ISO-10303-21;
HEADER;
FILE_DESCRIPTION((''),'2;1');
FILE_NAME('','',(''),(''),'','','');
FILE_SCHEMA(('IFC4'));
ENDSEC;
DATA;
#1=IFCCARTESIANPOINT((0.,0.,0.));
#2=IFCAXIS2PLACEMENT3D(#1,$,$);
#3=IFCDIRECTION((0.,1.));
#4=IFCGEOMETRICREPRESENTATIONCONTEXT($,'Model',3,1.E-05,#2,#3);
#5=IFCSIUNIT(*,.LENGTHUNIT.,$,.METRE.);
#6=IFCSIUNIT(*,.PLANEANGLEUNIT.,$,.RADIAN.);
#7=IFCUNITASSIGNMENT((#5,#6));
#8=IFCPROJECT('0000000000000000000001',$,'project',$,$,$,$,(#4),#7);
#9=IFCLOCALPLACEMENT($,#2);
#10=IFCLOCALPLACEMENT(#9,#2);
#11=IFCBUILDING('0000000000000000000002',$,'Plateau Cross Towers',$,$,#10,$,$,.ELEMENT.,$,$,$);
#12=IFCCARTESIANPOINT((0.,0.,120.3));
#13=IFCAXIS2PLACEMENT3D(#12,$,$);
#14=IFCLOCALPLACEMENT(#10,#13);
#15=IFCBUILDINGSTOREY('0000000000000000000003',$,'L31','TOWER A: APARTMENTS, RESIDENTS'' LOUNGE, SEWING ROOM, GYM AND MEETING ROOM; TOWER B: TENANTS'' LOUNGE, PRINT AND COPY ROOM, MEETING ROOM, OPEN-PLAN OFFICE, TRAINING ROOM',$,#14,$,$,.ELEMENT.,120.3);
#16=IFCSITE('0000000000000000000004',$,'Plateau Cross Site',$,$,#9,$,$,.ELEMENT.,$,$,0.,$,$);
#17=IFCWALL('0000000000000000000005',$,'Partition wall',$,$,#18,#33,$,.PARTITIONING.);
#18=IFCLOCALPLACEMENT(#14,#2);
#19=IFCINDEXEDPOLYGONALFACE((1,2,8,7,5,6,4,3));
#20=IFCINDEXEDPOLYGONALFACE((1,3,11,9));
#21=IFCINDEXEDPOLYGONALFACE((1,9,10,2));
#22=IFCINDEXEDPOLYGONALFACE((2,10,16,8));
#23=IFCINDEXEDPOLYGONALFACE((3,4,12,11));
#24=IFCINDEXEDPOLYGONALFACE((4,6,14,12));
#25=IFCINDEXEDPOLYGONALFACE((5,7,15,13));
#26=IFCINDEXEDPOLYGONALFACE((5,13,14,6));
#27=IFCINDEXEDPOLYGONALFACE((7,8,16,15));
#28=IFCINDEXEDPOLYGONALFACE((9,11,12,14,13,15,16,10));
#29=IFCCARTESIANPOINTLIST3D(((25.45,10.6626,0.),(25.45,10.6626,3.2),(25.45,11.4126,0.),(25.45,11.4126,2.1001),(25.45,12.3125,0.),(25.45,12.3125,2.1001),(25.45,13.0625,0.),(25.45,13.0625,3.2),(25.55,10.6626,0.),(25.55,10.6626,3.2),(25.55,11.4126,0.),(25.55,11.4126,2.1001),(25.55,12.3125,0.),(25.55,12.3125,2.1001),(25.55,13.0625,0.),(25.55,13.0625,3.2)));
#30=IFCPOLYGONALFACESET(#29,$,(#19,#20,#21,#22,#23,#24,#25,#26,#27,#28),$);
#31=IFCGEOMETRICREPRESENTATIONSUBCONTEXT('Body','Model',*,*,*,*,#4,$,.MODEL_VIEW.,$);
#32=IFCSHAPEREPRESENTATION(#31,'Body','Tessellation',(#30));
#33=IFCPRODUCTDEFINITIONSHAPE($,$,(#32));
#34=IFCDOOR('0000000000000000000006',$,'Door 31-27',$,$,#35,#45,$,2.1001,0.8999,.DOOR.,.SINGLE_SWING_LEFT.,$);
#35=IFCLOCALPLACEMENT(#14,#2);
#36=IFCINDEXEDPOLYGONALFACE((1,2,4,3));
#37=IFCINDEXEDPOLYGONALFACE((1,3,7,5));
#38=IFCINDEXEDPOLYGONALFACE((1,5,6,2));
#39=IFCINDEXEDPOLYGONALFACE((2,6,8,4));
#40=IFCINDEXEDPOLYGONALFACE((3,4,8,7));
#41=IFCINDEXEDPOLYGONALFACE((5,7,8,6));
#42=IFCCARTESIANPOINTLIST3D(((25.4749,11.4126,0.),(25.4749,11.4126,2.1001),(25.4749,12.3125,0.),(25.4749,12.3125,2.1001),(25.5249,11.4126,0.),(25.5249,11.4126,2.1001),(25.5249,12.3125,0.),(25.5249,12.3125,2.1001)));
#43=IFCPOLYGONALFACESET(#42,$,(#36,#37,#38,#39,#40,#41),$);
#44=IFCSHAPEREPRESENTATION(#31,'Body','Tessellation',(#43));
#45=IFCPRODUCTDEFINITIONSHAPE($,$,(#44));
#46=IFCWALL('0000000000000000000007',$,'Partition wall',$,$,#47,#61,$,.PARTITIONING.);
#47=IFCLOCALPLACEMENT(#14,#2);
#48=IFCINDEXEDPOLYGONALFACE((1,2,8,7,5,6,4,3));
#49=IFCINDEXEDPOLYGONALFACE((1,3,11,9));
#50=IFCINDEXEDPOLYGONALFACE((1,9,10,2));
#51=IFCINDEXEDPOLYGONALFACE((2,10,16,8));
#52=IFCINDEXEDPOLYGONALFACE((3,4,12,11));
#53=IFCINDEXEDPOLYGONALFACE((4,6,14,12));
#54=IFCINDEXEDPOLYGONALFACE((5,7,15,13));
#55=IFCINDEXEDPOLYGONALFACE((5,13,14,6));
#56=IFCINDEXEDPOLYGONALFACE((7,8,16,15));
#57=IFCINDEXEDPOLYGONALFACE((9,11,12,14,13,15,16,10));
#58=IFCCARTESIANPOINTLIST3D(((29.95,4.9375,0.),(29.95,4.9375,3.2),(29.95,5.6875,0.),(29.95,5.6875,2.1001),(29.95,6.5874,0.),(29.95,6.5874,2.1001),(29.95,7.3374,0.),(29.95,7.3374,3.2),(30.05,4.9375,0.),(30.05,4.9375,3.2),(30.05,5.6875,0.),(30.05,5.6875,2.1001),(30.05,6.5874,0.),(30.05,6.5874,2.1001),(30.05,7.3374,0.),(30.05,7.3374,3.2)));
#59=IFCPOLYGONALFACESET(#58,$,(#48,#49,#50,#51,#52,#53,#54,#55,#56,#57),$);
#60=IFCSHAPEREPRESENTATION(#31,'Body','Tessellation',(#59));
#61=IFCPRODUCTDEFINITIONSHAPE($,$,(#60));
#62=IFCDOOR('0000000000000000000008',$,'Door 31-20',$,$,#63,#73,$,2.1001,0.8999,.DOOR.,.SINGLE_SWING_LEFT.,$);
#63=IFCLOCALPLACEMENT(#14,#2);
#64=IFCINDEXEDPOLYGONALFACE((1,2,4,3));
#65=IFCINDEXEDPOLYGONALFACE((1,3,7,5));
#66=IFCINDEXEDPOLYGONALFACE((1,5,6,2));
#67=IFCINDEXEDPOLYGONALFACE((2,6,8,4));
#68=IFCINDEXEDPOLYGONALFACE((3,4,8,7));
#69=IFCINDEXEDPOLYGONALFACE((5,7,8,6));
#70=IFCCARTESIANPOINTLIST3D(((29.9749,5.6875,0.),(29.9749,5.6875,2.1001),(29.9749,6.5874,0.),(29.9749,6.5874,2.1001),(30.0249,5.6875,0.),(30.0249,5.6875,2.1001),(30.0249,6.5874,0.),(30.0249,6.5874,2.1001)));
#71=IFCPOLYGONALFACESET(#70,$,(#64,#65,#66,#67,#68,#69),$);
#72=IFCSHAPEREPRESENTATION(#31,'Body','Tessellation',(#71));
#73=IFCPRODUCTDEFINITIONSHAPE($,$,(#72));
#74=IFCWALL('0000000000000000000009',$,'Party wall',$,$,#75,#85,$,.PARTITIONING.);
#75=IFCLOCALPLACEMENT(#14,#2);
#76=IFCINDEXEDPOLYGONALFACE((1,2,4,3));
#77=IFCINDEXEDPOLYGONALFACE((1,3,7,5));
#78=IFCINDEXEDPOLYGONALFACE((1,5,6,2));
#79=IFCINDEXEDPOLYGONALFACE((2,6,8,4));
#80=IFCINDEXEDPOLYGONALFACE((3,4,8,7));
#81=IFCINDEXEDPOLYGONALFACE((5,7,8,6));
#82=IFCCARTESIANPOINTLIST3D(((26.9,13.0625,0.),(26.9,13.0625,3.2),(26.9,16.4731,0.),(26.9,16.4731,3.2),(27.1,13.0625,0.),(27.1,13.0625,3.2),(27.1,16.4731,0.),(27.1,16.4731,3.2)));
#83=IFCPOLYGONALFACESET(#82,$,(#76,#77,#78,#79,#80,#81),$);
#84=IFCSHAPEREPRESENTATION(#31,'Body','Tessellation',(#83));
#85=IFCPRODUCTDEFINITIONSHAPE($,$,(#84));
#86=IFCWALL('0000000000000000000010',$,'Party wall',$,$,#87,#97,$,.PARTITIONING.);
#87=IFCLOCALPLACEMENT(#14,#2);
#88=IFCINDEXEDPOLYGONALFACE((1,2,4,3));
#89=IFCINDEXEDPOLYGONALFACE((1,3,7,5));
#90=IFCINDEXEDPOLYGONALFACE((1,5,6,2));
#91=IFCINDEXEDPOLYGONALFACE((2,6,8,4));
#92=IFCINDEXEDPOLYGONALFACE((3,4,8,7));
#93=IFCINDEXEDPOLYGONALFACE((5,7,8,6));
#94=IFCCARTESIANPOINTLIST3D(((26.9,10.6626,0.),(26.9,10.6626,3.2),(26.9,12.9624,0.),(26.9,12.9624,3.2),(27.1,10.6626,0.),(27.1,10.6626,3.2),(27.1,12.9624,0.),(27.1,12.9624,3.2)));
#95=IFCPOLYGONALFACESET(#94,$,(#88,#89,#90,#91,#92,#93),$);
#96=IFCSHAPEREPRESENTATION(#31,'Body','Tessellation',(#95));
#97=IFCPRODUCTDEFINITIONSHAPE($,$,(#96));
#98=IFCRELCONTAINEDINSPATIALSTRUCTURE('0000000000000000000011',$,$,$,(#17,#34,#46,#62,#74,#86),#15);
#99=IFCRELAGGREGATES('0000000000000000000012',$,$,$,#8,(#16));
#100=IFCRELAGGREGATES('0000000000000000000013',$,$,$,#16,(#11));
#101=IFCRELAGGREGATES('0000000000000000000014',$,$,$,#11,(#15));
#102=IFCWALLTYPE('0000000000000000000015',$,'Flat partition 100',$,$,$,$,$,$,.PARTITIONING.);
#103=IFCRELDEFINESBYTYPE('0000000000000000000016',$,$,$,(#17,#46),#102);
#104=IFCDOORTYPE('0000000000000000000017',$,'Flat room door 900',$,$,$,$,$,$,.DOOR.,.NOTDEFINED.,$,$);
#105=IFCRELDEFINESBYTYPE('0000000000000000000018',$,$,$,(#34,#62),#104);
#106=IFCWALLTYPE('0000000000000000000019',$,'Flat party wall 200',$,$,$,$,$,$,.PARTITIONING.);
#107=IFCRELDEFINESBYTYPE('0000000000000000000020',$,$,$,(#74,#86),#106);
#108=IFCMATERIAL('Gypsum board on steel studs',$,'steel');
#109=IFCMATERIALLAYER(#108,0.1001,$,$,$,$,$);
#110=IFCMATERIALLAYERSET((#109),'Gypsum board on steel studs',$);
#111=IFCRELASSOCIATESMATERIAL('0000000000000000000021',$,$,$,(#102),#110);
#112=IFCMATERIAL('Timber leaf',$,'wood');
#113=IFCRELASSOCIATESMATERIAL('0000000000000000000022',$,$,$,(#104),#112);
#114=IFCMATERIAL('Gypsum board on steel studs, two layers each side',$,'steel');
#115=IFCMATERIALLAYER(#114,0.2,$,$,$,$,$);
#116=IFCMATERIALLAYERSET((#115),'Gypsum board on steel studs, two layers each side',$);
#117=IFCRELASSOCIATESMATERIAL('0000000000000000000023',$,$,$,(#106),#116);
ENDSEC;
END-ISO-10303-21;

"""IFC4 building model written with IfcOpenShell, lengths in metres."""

from ifc_helpers import new_model, si_unit, direction, frame, frame_2d, origin, place, context, subcontext, project, spatial, rectangle, extrude, material, layer, layer_set, type_object, element, fill, save


model = new_model("IFC4")

# Units and contexts
model_context = context("Model", 3, precision=1e-05, world=origin(), true_north=direction((0.0, 1.0)))
body_context = subcontext(model_context, "Body", "Model", "MODEL_VIEW")
ifc_project = project(units=[si_unit("LENGTHUNIT", "METRE"), si_unit("PLANEANGLEUNIT", "RADIAN")], contexts=[model_context])

# Site, building, storey
site_placement = place(None, origin())
site = spatial("IfcSite", under=ifc_project, at=site_placement, Name="Plateau Cross Site", CompositionType="ELEMENT", RefElevation=0.0)
building_placement = place(site_placement, origin())
building = spatial("IfcBuilding", under=site, at=building_placement, Name="Plateau Cross Towers", CompositionType="ELEMENT")
storey_placement = place(building_placement, frame((0.0, 0.0, 120.3)))
storey = spatial("IfcBuildingStorey", under=building, at=storey_placement, Name="L31", Description="TOWER A: APARTMENTS, RESIDENTS' LOUNGE, SEWING ROOM, GYM AND MEETING ROOM; TOWER B: TENANTS' LOUNGE, PRINT AND COPY ROOM, MEETING ROOM, OPEN-PLAN OFFICE, TRAINING ROOM", CompositionType="ELEMENT", Elevation=120.3)

# Shared definitions
ifc_material_1 = material(Name="Gypsum board on steel studs", Category="steel")
ifc_layer_1 = layer(ifc_material_1, 0.1001)
ifc_layer_set_1 = layer_set([ifc_layer_1], Name="Gypsum board on steel studs")
wall_type_1 = type_object("IfcWallType", Name="Flat partition 100", PredefinedType="PARTITIONING", material=ifc_layer_set_1)

# Walls, openings, doors
ifc_material_2 = material(Name="Timber leaf", Category="wood")
door_type_1 = type_object("IfcDoorType", Name="Flat room door 900", OperationType="NOTDEFINED", PredefinedType="DOOR", material=ifc_material_2)
wall_1_placement = place(storey_placement, frame((25.5, 13.0625, 0.0), z_axis=(0.0, 0.0, 1.0), x_axis=(0.0, -1.0, 0.0)))
wall_1 = element("IfcWall", 1, at=wall_1_placement, inside=storey, type_object=wall_type_1, Name="Partition wall", PredefinedType="PARTITIONING", context=body_context, shape_type="SweptSolid", body=[
    extrude(rectangle(XDim=2.3999, YDim=0.1001, at=frame_2d((1.2, 0.0))), origin(), (0.0, 0.0, 1.0), 3.2),
])
opening_1_placement = place(wall_1_placement, frame((0.75, 0.0, 0.0)))
opening_1 = element("IfcOpeningElement", 2, at=opening_1_placement, cuts=wall_1, PredefinedType="OPENING", context=body_context, shape_type="SweptSolid", body=[
    extrude(rectangle(XDim=0.8999, YDim=2.1001, at=frame_2d((0.45, 1.05))), frame((0.0, 0.0601, 0.0), z_axis=(0.0, -1.0, 0.0), x_axis=(1.0, 0.0, 0.0)), (0.0, 0.0, 1.0), 0.1201),
])
door_1_placement = place(opening_1_placement, origin())
door_1 = element("IfcDoor", 3, at=door_1_placement, inside=storey, type_object=door_type_1, Name="Door 31-27", OperationType="SINGLE_SWING_LEFT", OverallHeight=2.1001, OverallWidth=0.8999, PredefinedType="DOOR", context=body_context, shape_type="SweptSolid", body=[
    extrude(rectangle(XDim=0.8999, YDim=2.1001, at=frame_2d((0.45, 1.05))), frame((0.0, 0.0249, 0.0), z_axis=(0.0, -1.0, 0.0), x_axis=(1.0, 0.0, 0.0)), (0.0, 0.0, 1.0), 0.05),
])
fill(opening_1, door_1)
wall_2_placement = place(storey_placement, frame((30.0, 7.3374, 0.0), z_axis=(0.0, 0.0, 1.0), x_axis=(0.0, -1.0, 0.0)))
wall_2 = element("IfcWall", 4, at=wall_2_placement, inside=storey, type_object=wall_type_1, Name="Partition wall", PredefinedType="PARTITIONING", context=body_context, shape_type="SweptSolid", body=[
    extrude(rectangle(XDim=2.3999, YDim=0.1001, at=frame_2d((1.2, 0.0))), origin(), (0.0, 0.0, 1.0), 3.2),
])
opening_2_placement = place(wall_2_placement, frame((0.75, 0.0, 0.0)))
opening_2 = element("IfcOpeningElement", 5, at=opening_2_placement, cuts=wall_2, PredefinedType="OPENING", context=body_context, shape_type="SweptSolid", body=[
    extrude(rectangle(XDim=0.8999, YDim=2.1001, at=frame_2d((0.45, 1.05))), frame((0.0, 0.0601, 0.0), z_axis=(0.0, -1.0, 0.0), x_axis=(1.0, 0.0, 0.0)), (0.0, 0.0, 1.0), 0.1201),
])
door_2_placement = place(opening_2_placement, origin())
door_2 = element("IfcDoor", 6, at=door_2_placement, inside=storey, type_object=door_type_1, Name="Door 31-20", OperationType="SINGLE_SWING_LEFT", OverallHeight=2.1001, OverallWidth=0.8999, PredefinedType="DOOR", context=body_context, shape_type="SweptSolid", body=[
    extrude(rectangle(XDim=0.8999, YDim=2.1001, at=frame_2d((0.45, 1.05))), frame((0.0, 0.0249, 0.0), z_axis=(0.0, -1.0, 0.0), x_axis=(1.0, 0.0, 0.0)), (0.0, 0.0, 1.0), 0.05),
])
fill(opening_2, door_2)

# Walls
ifc_material_3 = material(Name="Gypsum board on steel studs, two layers each side", Category="steel")
ifc_layer_2 = layer(ifc_material_3, 0.2)
ifc_layer_set_2 = layer_set([ifc_layer_2], Name="Gypsum board on steel studs, two layers each side")
wall_type_2 = type_object("IfcWallType", Name="Flat party wall 200", PredefinedType="PARTITIONING", material=ifc_layer_set_2)
wall_3_placement = place(storey_placement, frame((27.0, 16.4731, 0.0), z_axis=(0.0, 0.0, 1.0), x_axis=(0.0, -1.0, 0.0)))
element("IfcWall", 7, at=wall_3_placement, inside=storey, type_object=wall_type_2, Name="Party wall", PredefinedType="PARTITIONING", context=body_context, shape_type="SweptSolid", body=[
    extrude(rectangle(XDim=3.4106, YDim=0.2, at=frame_2d((1.7053, 0.0))), origin(), (0.0, 0.0, 1.0), 3.2),
])
wall_4_placement = place(storey_placement, frame((27.0, 10.6626, 0.0), z_axis=(0.0, 0.0, 1.0), x_axis=(0.0, 1.0, 0.0)))
element("IfcWall", 8, at=wall_4_placement, inside=storey, type_object=wall_type_2, Name="Party wall", PredefinedType="PARTITIONING", context=body_context, shape_type="SweptSolid", body=[
    extrude(rectangle(XDim=2.2998, YDim=0.2, at=frame_2d((1.1499, 0.0))), origin(), (0.0, 0.0, 1.0), 3.2),
])

save(model, "model.ifc")
